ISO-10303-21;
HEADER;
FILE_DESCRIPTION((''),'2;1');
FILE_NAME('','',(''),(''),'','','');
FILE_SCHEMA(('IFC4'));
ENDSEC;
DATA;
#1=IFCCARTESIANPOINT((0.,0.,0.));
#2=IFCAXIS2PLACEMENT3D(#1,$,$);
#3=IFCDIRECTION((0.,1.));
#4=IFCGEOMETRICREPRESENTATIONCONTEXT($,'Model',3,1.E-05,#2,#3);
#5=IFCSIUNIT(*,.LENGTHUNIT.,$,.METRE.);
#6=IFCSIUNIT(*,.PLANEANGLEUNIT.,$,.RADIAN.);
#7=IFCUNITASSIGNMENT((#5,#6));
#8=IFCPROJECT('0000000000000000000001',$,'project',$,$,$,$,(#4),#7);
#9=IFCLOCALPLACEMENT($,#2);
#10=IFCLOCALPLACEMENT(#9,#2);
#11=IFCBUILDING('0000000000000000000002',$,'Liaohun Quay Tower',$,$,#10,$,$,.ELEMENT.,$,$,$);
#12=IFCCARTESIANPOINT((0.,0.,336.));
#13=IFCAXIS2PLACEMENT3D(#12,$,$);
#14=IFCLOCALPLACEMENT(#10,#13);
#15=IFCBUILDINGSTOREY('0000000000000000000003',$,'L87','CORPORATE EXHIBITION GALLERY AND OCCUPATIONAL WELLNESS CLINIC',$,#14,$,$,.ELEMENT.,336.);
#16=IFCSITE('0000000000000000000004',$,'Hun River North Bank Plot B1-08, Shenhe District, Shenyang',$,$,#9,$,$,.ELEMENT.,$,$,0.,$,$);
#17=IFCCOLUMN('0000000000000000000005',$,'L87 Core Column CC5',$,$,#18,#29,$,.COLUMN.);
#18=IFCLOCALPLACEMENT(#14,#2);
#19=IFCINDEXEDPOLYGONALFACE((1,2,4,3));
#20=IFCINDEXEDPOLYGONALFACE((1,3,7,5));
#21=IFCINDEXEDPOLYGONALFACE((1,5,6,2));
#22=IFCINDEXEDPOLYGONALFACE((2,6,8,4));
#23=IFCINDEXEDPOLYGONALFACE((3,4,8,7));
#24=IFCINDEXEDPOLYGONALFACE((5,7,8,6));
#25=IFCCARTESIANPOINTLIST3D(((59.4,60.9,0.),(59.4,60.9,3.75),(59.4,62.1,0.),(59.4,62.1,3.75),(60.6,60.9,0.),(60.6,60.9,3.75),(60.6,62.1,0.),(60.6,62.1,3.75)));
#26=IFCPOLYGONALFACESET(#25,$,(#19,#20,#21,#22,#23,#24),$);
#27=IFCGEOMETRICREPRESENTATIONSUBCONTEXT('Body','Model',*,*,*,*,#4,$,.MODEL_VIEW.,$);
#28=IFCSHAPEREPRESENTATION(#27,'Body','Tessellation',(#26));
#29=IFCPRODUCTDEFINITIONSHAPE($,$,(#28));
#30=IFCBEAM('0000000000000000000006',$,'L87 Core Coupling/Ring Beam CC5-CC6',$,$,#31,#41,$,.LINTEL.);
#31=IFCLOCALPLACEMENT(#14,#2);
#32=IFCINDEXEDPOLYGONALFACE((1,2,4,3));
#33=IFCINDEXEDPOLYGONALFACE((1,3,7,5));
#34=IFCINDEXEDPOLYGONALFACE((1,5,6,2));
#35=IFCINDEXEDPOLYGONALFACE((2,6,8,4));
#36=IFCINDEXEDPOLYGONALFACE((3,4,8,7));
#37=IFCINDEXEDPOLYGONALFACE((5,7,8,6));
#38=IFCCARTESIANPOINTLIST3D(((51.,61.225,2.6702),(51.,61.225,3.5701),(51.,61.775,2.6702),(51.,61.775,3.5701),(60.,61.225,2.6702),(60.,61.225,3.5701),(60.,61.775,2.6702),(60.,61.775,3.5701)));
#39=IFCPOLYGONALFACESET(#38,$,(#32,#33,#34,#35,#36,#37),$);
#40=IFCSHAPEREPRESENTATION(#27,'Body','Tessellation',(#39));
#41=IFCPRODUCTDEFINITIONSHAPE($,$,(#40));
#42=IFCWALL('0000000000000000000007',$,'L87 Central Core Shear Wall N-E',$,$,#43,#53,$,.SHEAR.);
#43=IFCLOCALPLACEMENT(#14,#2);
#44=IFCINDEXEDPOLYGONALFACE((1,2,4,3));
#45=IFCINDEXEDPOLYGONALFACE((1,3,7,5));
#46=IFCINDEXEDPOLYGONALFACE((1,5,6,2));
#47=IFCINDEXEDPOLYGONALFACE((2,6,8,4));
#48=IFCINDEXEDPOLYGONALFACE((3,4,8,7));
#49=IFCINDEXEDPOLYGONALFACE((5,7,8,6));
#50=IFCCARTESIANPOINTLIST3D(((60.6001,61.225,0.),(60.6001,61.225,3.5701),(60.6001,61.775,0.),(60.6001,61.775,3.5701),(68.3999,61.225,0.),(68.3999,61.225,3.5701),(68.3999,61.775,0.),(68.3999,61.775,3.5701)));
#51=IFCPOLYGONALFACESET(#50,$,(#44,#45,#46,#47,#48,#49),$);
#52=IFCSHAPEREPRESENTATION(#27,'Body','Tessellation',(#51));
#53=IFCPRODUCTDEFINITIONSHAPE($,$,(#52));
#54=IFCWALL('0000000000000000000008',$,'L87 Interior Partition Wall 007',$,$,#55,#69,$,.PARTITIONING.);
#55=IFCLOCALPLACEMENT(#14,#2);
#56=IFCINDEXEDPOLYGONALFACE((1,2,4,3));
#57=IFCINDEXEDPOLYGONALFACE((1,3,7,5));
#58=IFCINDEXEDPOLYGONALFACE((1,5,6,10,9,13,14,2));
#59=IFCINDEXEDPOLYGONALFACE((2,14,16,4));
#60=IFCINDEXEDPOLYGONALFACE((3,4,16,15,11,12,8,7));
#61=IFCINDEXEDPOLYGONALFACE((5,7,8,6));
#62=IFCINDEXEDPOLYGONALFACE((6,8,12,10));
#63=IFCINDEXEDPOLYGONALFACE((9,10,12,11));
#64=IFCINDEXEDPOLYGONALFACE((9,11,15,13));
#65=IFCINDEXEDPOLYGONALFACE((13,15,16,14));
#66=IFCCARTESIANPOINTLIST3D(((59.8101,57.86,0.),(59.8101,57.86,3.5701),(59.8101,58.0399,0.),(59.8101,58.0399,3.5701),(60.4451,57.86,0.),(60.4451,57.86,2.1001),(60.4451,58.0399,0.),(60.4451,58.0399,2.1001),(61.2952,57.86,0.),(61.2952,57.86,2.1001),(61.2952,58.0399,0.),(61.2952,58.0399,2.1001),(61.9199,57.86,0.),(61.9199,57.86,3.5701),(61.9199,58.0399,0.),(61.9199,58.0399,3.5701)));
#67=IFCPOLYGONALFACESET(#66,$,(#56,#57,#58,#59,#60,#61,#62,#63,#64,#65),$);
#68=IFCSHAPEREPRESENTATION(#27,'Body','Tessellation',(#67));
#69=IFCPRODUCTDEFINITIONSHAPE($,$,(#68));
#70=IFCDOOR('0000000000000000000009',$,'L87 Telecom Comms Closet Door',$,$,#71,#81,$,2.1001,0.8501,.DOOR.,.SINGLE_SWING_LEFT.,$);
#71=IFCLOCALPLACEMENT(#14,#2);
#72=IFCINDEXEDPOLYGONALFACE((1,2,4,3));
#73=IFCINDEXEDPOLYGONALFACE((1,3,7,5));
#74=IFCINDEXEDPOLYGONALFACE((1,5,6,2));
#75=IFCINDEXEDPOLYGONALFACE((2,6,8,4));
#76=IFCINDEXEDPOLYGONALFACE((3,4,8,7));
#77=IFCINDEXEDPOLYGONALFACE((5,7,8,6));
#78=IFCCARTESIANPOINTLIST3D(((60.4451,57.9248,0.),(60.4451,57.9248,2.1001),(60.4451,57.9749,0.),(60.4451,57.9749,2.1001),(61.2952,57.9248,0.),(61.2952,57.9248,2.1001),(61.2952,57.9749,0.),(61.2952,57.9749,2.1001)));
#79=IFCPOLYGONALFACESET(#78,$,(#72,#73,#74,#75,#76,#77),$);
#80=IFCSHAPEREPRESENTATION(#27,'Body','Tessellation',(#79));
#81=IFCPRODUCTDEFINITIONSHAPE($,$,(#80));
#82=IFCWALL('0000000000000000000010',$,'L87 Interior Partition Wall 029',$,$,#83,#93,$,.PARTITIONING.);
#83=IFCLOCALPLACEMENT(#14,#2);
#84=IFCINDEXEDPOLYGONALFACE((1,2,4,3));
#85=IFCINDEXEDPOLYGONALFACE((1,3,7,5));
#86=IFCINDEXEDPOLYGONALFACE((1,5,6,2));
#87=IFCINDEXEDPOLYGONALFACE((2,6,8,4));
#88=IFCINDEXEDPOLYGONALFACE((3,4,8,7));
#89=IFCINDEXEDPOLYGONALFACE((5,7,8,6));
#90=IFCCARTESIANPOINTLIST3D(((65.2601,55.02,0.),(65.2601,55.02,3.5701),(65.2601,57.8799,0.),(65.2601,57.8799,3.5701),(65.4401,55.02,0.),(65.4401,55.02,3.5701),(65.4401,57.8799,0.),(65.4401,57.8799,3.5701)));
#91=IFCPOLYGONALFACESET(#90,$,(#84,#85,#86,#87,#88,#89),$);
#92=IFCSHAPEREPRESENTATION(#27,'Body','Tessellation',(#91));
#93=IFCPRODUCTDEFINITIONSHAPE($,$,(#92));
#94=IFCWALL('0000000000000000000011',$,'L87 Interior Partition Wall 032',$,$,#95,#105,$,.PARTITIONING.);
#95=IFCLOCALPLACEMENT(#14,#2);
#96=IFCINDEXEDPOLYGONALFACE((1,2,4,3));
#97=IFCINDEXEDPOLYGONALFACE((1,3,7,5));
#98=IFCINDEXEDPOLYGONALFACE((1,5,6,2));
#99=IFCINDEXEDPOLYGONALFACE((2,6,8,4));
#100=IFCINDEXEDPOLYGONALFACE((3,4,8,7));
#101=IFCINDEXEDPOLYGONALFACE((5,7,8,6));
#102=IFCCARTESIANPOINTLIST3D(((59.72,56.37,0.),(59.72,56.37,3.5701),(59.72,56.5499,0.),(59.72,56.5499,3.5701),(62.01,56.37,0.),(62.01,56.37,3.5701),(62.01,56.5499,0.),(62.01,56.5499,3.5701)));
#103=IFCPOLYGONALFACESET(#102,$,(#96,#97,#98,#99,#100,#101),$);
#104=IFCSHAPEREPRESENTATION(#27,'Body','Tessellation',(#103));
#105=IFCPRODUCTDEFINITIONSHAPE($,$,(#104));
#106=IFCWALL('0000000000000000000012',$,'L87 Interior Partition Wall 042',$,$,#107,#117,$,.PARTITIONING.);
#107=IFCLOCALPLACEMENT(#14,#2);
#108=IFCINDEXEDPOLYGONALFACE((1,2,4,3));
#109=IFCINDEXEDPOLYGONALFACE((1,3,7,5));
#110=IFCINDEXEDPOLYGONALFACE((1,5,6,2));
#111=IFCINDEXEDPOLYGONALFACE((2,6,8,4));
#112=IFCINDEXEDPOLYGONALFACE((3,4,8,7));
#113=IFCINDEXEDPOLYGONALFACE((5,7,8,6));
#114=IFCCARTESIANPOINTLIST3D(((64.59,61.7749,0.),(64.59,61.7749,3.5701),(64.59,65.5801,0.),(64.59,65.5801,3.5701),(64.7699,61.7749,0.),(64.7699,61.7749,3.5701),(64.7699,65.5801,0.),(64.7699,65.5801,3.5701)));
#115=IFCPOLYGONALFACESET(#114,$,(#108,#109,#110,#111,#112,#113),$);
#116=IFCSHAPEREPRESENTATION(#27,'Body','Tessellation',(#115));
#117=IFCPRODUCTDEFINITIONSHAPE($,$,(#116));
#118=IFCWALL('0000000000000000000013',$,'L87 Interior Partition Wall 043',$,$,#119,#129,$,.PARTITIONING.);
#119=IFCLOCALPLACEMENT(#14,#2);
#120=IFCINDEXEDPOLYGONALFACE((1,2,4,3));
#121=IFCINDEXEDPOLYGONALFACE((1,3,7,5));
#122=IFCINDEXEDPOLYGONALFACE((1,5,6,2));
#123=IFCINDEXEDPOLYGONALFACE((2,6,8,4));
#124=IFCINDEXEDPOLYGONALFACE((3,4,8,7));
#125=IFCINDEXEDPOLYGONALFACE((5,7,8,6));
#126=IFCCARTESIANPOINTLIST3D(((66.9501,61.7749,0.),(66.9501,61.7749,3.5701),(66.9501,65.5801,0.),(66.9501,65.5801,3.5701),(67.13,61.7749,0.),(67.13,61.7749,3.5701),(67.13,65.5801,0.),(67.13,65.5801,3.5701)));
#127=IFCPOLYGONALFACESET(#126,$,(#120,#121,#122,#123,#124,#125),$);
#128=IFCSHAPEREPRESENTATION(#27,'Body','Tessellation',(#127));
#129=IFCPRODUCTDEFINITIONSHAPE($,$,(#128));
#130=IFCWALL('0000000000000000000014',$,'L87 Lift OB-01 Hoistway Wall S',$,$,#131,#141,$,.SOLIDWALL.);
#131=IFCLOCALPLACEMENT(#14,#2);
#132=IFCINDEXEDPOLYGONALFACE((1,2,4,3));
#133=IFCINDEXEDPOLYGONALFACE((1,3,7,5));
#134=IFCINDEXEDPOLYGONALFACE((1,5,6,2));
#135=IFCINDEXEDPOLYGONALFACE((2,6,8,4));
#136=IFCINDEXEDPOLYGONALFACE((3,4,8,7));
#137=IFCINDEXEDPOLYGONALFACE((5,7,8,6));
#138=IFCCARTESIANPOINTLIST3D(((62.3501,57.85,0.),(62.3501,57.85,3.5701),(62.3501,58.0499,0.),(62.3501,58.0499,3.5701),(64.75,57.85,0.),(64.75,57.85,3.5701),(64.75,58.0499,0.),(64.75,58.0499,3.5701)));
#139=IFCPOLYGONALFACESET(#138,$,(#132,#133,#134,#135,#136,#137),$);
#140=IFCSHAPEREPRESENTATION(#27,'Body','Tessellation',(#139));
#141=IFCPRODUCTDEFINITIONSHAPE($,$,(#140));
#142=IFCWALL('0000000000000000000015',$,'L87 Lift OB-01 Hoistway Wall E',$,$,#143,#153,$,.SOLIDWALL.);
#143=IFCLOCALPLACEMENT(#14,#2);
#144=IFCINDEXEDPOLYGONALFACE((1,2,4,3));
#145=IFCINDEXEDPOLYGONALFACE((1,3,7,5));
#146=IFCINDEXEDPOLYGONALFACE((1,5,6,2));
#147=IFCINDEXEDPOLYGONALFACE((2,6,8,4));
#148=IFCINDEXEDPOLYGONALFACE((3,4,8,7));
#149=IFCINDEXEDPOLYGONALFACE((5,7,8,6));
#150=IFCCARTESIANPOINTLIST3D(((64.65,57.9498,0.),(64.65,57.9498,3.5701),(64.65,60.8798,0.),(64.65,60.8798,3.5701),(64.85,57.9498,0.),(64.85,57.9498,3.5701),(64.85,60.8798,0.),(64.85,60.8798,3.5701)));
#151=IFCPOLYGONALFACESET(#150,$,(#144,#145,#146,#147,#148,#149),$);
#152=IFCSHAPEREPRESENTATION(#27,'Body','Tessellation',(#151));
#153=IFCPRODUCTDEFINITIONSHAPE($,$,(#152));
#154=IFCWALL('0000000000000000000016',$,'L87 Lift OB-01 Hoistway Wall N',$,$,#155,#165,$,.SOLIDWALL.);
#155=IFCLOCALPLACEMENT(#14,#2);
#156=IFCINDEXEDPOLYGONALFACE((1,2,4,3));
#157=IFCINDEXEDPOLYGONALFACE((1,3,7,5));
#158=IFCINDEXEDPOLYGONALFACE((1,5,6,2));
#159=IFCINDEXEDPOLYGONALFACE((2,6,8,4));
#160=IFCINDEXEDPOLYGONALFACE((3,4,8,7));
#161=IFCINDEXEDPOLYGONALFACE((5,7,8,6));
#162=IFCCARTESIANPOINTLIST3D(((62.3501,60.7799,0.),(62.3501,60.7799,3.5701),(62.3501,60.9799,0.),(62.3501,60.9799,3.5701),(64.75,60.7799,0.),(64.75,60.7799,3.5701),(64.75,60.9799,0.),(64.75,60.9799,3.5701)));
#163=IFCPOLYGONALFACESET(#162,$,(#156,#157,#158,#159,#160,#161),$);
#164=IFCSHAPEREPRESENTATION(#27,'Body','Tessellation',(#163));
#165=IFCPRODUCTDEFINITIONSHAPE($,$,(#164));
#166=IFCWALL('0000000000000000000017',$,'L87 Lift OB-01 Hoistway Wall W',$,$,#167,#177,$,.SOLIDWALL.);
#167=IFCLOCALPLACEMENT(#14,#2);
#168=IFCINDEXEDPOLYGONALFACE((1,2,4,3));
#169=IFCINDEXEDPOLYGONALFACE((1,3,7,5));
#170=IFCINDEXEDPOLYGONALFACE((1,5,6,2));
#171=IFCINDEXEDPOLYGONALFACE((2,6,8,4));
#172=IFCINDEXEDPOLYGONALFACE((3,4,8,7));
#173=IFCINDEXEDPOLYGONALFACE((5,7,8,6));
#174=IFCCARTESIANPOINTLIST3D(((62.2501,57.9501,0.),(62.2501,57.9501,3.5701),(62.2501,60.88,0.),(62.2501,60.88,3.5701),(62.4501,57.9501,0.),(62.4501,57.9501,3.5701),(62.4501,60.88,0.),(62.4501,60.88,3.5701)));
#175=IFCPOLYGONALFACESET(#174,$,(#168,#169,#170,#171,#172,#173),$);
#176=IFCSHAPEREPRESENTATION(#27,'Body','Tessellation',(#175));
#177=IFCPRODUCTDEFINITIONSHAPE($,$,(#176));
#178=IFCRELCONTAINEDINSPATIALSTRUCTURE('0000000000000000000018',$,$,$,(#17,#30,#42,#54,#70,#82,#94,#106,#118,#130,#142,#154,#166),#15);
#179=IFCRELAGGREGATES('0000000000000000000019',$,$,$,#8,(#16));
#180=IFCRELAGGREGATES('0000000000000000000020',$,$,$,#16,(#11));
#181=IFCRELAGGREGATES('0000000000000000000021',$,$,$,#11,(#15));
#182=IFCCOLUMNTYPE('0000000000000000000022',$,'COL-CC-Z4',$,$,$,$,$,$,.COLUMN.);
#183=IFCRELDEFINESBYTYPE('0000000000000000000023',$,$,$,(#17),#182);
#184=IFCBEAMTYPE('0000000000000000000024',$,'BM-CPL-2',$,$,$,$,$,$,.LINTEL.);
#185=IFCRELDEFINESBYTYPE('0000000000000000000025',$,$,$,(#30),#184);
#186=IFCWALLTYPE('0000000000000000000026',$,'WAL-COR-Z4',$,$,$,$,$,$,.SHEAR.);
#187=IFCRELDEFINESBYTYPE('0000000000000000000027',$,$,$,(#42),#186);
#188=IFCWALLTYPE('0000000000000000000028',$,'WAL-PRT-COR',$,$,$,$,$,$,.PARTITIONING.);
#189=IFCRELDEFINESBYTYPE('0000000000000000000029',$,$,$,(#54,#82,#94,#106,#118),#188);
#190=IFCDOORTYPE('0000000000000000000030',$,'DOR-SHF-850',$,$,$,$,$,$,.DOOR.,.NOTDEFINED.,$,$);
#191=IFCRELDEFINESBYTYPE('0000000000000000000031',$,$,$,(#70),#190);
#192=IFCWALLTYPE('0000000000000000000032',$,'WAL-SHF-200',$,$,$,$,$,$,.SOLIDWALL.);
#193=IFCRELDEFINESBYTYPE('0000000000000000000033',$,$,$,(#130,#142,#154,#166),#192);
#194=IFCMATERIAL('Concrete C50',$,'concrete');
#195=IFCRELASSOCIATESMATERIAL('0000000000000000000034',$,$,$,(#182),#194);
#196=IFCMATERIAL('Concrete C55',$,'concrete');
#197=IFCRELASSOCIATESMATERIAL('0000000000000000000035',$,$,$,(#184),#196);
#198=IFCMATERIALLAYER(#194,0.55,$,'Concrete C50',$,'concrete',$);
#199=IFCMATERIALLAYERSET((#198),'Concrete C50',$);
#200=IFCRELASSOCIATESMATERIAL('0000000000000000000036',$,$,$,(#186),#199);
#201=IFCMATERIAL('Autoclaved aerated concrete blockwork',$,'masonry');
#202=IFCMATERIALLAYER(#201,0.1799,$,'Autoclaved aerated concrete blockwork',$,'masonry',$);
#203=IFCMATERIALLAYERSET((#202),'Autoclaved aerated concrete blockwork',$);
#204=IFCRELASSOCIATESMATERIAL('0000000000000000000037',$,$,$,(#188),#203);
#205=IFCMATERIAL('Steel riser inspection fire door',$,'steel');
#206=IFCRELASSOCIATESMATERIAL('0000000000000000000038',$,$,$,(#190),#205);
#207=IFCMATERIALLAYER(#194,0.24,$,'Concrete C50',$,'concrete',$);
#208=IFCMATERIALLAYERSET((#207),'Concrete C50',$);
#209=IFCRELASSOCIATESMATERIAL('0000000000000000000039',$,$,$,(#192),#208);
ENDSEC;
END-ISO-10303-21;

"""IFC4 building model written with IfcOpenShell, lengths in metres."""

from ifc_helpers import new_model, si_unit, direction, frame, frame_2d, origin, origin_2d, place, context, subcontext, project, spatial, rectangle, extrude, source, transform, mapped, material, layer, layer_set, material_profile, profile_set, type_object, element, fill, save


model = new_model("IFC4")

# Units and contexts
model_context = context("Model", 3, precision=1e-05, world=origin(), true_north=direction((0.0, 1.0)))
body_context = subcontext(model_context, "Body", "Model", "MODEL_VIEW")
ifc_project = project(units=[si_unit("LENGTHUNIT", "METRE"), si_unit("PLANEANGLEUNIT", "RADIAN")], contexts=[model_context])

# Site, building, storey
site_placement = place(None, origin())
site = spatial("IfcSite", under=ifc_project, at=site_placement, Name="Hun River North Bank Plot B1-08, Shenhe District, Shenyang", CompositionType="ELEMENT", RefElevation=0.0)
building_placement = place(site_placement, origin())
building = spatial("IfcBuilding", under=site, at=building_placement, Name="Liaohun Quay Tower", CompositionType="ELEMENT")
storey_placement = place(building_placement, frame((0.0, 0.0, 336.0)))
storey = spatial("IfcBuildingStorey", under=building, at=storey_placement, Name="L87", Description="CORPORATE EXHIBITION GALLERY AND OCCUPATIONAL WELLNESS CLINIC", CompositionType="ELEMENT", Elevation=336.0)

# Column
ifc_material_1 = material(Name="Concrete C50", Category="concrete")
ifc_material_profile_1 = material_profile(ifc_material_1, rectangle(XDim=1.2, YDim=1.2, at=origin_2d()), Name="RC1200x1200")
ifc_profile_set_1 = profile_set([ifc_material_profile_1], Name="Concrete C50")
column_type = type_object("IfcColumnType", Name="COL-CC-Z4", PredefinedType="COLUMN", material=ifc_profile_set_1)
shared_shape_1 = source(origin(), body_context, "Body", "SweptSolid", [
    extrude(rectangle(XDim=1.2, YDim=1.2, at=origin_2d()), origin(), (0.0, 0.0, 1.0), 3.75),
])
column_placement = place(storey_placement, frame((60.0, 61.5, 0.0), z_axis=(0.0, 0.0, 1.0), x_axis=(1.0, 0.0, 0.0)))
element("IfcColumn", 1, at=column_placement, inside=storey, type_object=column_type, Name="L87 Core Column CC5", PredefinedType="COLUMN", context=body_context, shape_type="MappedRepresentation", body=[
    mapped(shared_shape_1, transform((0.0, 0.0, 0.0), x_axis=(1.0, 0.0, 0.0), y_axis=(0.0, 1.0, 0.0), z_axis=(0.0, 0.0, 1.0), scale=1.0)),
])

# Beam
ifc_material_2 = material(Name="Concrete C55", Category="concrete")
ifc_material_profile_2 = material_profile(ifc_material_2, rectangle(XDim=0.55, YDim=0.8999, at=origin_2d()), Name="RC550x900")
ifc_profile_set_2 = profile_set([ifc_material_profile_2], Name="Concrete C55")
beam_type = type_object("IfcBeamType", Name="BM-CPL-2", PredefinedType="LINTEL", material=ifc_profile_set_2)
shared_shape_2 = source(origin(), body_context, "Body", "SweptSolid", [
    extrude(rectangle(XDim=0.55, YDim=0.8999, at=origin_2d()), origin(), (0.0, 0.0, 1.0), 9.0),
])
beam_placement = place(storey_placement, frame((60.0, 61.5, 3.1201), z_axis=(-1.0, 0.0, 0.0), x_axis=(0.0, -1.0, 0.0)))
element("IfcBeam", 2, at=beam_placement, inside=storey, type_object=beam_type, Name="L87 Core Coupling/Ring Beam CC5-CC6", PredefinedType="LINTEL", context=body_context, shape_type="MappedRepresentation", body=[
    mapped(shared_shape_2, transform((0.0, 0.0, 0.0), x_axis=(1.0, 0.0, 0.0), y_axis=(0.0, 1.0, 0.0), z_axis=(0.0, 0.0, 1.0), scale=1.0)),
])

# Wall
ifc_layer_1 = layer(ifc_material_1, 0.55, Name="Concrete C50", Category="concrete")
ifc_layer_set_1 = layer_set([ifc_layer_1], Name="Concrete C50")
wall_type_1 = type_object("IfcWallType", Name="WAL-COR-Z4", PredefinedType="SHEAR", material=ifc_layer_set_1)
wall_1_placement = place(storey_placement, frame((60.6001, 61.5, 0.0), z_axis=(0.0, 0.0, 1.0), x_axis=(1.0, 0.0, 0.0)))
element("IfcWall", 3, at=wall_1_placement, inside=storey, type_object=wall_type_1, Name="L87 Central Core Shear Wall N-E", PredefinedType="SHEAR", context=body_context, shape_type="SweptSolid", body=[
    extrude(rectangle(XDim=7.7998, YDim=0.55, at=frame_2d((3.8999, 0.0))), origin(), (0.0, 0.0, 1.0), 3.5701),
])

# Wall, opening, door
ifc_material_3 = material(Name="Autoclaved aerated concrete blockwork", Category="masonry")
ifc_layer_2 = layer(ifc_material_3, 0.1799, Name="Autoclaved aerated concrete blockwork", Category="masonry")
ifc_layer_set_2 = layer_set([ifc_layer_2], Name="Autoclaved aerated concrete blockwork")
wall_type_2 = type_object("IfcWallType", Name="WAL-PRT-COR", PredefinedType="PARTITIONING", material=ifc_layer_set_2)
wall_2_placement = place(storey_placement, frame((59.8101, 57.95, 0.0), z_axis=(0.0, 0.0, 1.0), x_axis=(1.0, 0.0, 0.0)))
wall_2 = element("IfcWall", 4, at=wall_2_placement, inside=storey, type_object=wall_type_2, Name="L87 Interior Partition Wall 007", PredefinedType="PARTITIONING", context=body_context, shape_type="SweptSolid", body=[
    extrude(rectangle(XDim=2.1099, YDim=0.1799, at=frame_2d((1.0549, 0.0))), origin(), (0.0, 0.0, 1.0), 3.5701),
])
shared_shape_3 = source(origin(), body_context, "Body", "SweptSolid", [
    extrude(rectangle(XDim=0.8501, YDim=2.1001, at=frame_2d((0.425, 1.05))), frame((0.0, 0.0999, 0.0), z_axis=(0.0, -1.0, 0.0), x_axis=(1.0, 0.0, 0.0)), (0.0, 0.0, 1.0), 0.2),
])
opening_placement = place(wall_2_placement, frame((0.635, 0.0, 0.0)))
opening = element("IfcOpeningElement", 5, at=opening_placement, cuts=wall_2, PredefinedType="OPENING", context=body_context, shape_type="MappedRepresentation", body=[
    mapped(shared_shape_3, transform((0.0, 0.0, 0.0), x_axis=(1.0, 0.0, 0.0), y_axis=(0.0, 1.0, 0.0), z_axis=(0.0, 0.0, 1.0), scale=1.0)),
])
ifc_material_4 = material(Name="Steel riser inspection fire door", Category="steel")
door_type = type_object("IfcDoorType", Name="DOR-SHF-850", OperationType="NOTDEFINED", PredefinedType="DOOR", material=ifc_material_4)
shared_shape_4 = source(origin(), body_context, "Body", "SweptSolid", [
    extrude(rectangle(XDim=0.8501, YDim=2.1001, at=frame_2d((0.425, 1.05))), frame((0.0, 0.0249, 0.0), z_axis=(0.0, -1.0, 0.0), x_axis=(1.0, 0.0, 0.0)), (0.0, 0.0, 1.0), 0.05),
])
door_placement = place(opening_placement, origin())
door = element("IfcDoor", 6, at=door_placement, inside=storey, type_object=door_type, Name="L87 Telecom Comms Closet Door", OperationType="SINGLE_SWING_LEFT", OverallHeight=2.1001, OverallWidth=0.8501, PredefinedType="DOOR", context=body_context, shape_type="MappedRepresentation", body=[
    mapped(shared_shape_4, transform((0.0, 0.0, 0.0), x_axis=(1.0, 0.0, 0.0), y_axis=(0.0, 1.0, 0.0), z_axis=(0.0, 0.0, 1.0), scale=1.0)),
])
fill(opening, door)

# Walls
wall_3_placement = place(storey_placement, frame((65.3501, 55.02, 0.0), z_axis=(0.0, 0.0, 1.0), x_axis=(0.0, 1.0, 0.0)))
element("IfcWall", 7, at=wall_3_placement, inside=storey, type_object=wall_type_2, Name="L87 Interior Partition Wall 029", PredefinedType="PARTITIONING", context=body_context, shape_type="SweptSolid", body=[
    extrude(rectangle(XDim=2.8599, YDim=0.1799, at=frame_2d((1.4299, 0.0))), origin(), (0.0, 0.0, 1.0), 3.5701),
])
wall_4_placement = place(storey_placement, frame((59.72, 56.46, 0.0), z_axis=(0.0, 0.0, 1.0), x_axis=(1.0, 0.0, 0.0)))
element("IfcWall", 8, at=wall_4_placement, inside=storey, type_object=wall_type_2, Name="L87 Interior Partition Wall 032", PredefinedType="PARTITIONING", context=body_context, shape_type="SweptSolid", body=[
    extrude(rectangle(XDim=2.29, YDim=0.1799, at=frame_2d((1.145, 0.0))), origin(), (0.0, 0.0, 1.0), 3.5701),
])
for number, where, z_axis, x_axis, name in (
    (9, (64.6799, 61.7749, 0.0), (0.0, 0.0, 1.0), (0.0, 1.0, 0.0), "L87 Interior Partition Wall 042"),
    (10, (67.04, 61.7749, 0.0), (0.0, 0.0, 1.0), (0.0, 1.0, 0.0), "L87 Interior Partition Wall 043"),
):
    element("IfcWall", number, at=place(storey_placement, frame(where, z_axis=z_axis, x_axis=x_axis)), inside=storey, type_object=wall_type_2, Name=name, PredefinedType="PARTITIONING", context=body_context, shape_type="SweptSolid", body=[
        extrude(rectangle(XDim=3.8052, YDim=0.1799, at=frame_2d((1.9026, 0.0))), origin(), (0.0, 0.0, 1.0), 3.5701),
    ])
ifc_layer_3 = layer(ifc_material_1, 0.24, Name="Concrete C50", Category="concrete")
ifc_layer_set_3 = layer_set([ifc_layer_3], Name="Concrete C50")
wall_type_3 = type_object("IfcWallType", Name="WAL-SHF-200", PredefinedType="SOLIDWALL", material=ifc_layer_set_3)
wall_5_placement = place(storey_placement, frame((62.3501, 57.95, 0.0), z_axis=(0.0, 0.0, 1.0), x_axis=(1.0, 0.0, 0.0)))
element("IfcWall", 11, at=wall_5_placement, inside=storey, type_object=wall_type_3, Name="L87 Lift OB-01 Hoistway Wall S", PredefinedType="SOLIDWALL", context=body_context, shape_type="SweptSolid", body=[
    extrude(rectangle(XDim=2.3999, YDim=0.2, at=frame_2d((1.2, 0.0))), origin(), (0.0, 0.0, 1.0), 3.5701),
])
wall_6_placement = place(storey_placement, frame((64.75, 57.95, 0.0), z_axis=(0.0, 0.0, 1.0), x_axis=(0.0, 1.0, 0.0)))
element("IfcWall", 12, at=wall_6_placement, inside=storey, type_object=wall_type_3, Name="L87 Lift OB-01 Hoistway Wall E", PredefinedType="SOLIDWALL", context=body_context, shape_type="SweptSolid", body=[
    extrude(rectangle(XDim=2.9299, YDim=0.2, at=frame_2d((1.4648, 0.0))), origin(), (0.0, 0.0, 1.0), 3.5701),
])
wall_7_placement = place(storey_placement, frame((64.75, 60.8799, 0.0), z_axis=(0.0, 0.0, 1.0), x_axis=(-1.0, 0.0, 0.0)))
element("IfcWall", 13, at=wall_7_placement, inside=storey, type_object=wall_type_3, Name="L87 Lift OB-01 Hoistway Wall N", PredefinedType="SOLIDWALL", context=body_context, shape_type="SweptSolid", body=[
    extrude(rectangle(XDim=2.3999, YDim=0.2, at=frame_2d((1.2, 0.0))), origin(), (0.0, 0.0, 1.0), 3.5701),
])
wall_8_placement = place(storey_placement, frame((62.3501, 60.8799, 0.0), z_axis=(0.0, 0.0, 1.0), x_axis=(0.0, -1.0, 0.0)))
element("IfcWall", 14, at=wall_8_placement, inside=storey, type_object=wall_type_3, Name="L87 Lift OB-01 Hoistway Wall W", PredefinedType="SOLIDWALL", context=body_context, shape_type="SweptSolid", body=[
    extrude(rectangle(XDim=2.9299, YDim=0.2, at=frame_2d((1.4648, 0.0))), origin(), (0.0, 0.0, 1.0), 3.5701),
])

save(model, "model.ifc")
